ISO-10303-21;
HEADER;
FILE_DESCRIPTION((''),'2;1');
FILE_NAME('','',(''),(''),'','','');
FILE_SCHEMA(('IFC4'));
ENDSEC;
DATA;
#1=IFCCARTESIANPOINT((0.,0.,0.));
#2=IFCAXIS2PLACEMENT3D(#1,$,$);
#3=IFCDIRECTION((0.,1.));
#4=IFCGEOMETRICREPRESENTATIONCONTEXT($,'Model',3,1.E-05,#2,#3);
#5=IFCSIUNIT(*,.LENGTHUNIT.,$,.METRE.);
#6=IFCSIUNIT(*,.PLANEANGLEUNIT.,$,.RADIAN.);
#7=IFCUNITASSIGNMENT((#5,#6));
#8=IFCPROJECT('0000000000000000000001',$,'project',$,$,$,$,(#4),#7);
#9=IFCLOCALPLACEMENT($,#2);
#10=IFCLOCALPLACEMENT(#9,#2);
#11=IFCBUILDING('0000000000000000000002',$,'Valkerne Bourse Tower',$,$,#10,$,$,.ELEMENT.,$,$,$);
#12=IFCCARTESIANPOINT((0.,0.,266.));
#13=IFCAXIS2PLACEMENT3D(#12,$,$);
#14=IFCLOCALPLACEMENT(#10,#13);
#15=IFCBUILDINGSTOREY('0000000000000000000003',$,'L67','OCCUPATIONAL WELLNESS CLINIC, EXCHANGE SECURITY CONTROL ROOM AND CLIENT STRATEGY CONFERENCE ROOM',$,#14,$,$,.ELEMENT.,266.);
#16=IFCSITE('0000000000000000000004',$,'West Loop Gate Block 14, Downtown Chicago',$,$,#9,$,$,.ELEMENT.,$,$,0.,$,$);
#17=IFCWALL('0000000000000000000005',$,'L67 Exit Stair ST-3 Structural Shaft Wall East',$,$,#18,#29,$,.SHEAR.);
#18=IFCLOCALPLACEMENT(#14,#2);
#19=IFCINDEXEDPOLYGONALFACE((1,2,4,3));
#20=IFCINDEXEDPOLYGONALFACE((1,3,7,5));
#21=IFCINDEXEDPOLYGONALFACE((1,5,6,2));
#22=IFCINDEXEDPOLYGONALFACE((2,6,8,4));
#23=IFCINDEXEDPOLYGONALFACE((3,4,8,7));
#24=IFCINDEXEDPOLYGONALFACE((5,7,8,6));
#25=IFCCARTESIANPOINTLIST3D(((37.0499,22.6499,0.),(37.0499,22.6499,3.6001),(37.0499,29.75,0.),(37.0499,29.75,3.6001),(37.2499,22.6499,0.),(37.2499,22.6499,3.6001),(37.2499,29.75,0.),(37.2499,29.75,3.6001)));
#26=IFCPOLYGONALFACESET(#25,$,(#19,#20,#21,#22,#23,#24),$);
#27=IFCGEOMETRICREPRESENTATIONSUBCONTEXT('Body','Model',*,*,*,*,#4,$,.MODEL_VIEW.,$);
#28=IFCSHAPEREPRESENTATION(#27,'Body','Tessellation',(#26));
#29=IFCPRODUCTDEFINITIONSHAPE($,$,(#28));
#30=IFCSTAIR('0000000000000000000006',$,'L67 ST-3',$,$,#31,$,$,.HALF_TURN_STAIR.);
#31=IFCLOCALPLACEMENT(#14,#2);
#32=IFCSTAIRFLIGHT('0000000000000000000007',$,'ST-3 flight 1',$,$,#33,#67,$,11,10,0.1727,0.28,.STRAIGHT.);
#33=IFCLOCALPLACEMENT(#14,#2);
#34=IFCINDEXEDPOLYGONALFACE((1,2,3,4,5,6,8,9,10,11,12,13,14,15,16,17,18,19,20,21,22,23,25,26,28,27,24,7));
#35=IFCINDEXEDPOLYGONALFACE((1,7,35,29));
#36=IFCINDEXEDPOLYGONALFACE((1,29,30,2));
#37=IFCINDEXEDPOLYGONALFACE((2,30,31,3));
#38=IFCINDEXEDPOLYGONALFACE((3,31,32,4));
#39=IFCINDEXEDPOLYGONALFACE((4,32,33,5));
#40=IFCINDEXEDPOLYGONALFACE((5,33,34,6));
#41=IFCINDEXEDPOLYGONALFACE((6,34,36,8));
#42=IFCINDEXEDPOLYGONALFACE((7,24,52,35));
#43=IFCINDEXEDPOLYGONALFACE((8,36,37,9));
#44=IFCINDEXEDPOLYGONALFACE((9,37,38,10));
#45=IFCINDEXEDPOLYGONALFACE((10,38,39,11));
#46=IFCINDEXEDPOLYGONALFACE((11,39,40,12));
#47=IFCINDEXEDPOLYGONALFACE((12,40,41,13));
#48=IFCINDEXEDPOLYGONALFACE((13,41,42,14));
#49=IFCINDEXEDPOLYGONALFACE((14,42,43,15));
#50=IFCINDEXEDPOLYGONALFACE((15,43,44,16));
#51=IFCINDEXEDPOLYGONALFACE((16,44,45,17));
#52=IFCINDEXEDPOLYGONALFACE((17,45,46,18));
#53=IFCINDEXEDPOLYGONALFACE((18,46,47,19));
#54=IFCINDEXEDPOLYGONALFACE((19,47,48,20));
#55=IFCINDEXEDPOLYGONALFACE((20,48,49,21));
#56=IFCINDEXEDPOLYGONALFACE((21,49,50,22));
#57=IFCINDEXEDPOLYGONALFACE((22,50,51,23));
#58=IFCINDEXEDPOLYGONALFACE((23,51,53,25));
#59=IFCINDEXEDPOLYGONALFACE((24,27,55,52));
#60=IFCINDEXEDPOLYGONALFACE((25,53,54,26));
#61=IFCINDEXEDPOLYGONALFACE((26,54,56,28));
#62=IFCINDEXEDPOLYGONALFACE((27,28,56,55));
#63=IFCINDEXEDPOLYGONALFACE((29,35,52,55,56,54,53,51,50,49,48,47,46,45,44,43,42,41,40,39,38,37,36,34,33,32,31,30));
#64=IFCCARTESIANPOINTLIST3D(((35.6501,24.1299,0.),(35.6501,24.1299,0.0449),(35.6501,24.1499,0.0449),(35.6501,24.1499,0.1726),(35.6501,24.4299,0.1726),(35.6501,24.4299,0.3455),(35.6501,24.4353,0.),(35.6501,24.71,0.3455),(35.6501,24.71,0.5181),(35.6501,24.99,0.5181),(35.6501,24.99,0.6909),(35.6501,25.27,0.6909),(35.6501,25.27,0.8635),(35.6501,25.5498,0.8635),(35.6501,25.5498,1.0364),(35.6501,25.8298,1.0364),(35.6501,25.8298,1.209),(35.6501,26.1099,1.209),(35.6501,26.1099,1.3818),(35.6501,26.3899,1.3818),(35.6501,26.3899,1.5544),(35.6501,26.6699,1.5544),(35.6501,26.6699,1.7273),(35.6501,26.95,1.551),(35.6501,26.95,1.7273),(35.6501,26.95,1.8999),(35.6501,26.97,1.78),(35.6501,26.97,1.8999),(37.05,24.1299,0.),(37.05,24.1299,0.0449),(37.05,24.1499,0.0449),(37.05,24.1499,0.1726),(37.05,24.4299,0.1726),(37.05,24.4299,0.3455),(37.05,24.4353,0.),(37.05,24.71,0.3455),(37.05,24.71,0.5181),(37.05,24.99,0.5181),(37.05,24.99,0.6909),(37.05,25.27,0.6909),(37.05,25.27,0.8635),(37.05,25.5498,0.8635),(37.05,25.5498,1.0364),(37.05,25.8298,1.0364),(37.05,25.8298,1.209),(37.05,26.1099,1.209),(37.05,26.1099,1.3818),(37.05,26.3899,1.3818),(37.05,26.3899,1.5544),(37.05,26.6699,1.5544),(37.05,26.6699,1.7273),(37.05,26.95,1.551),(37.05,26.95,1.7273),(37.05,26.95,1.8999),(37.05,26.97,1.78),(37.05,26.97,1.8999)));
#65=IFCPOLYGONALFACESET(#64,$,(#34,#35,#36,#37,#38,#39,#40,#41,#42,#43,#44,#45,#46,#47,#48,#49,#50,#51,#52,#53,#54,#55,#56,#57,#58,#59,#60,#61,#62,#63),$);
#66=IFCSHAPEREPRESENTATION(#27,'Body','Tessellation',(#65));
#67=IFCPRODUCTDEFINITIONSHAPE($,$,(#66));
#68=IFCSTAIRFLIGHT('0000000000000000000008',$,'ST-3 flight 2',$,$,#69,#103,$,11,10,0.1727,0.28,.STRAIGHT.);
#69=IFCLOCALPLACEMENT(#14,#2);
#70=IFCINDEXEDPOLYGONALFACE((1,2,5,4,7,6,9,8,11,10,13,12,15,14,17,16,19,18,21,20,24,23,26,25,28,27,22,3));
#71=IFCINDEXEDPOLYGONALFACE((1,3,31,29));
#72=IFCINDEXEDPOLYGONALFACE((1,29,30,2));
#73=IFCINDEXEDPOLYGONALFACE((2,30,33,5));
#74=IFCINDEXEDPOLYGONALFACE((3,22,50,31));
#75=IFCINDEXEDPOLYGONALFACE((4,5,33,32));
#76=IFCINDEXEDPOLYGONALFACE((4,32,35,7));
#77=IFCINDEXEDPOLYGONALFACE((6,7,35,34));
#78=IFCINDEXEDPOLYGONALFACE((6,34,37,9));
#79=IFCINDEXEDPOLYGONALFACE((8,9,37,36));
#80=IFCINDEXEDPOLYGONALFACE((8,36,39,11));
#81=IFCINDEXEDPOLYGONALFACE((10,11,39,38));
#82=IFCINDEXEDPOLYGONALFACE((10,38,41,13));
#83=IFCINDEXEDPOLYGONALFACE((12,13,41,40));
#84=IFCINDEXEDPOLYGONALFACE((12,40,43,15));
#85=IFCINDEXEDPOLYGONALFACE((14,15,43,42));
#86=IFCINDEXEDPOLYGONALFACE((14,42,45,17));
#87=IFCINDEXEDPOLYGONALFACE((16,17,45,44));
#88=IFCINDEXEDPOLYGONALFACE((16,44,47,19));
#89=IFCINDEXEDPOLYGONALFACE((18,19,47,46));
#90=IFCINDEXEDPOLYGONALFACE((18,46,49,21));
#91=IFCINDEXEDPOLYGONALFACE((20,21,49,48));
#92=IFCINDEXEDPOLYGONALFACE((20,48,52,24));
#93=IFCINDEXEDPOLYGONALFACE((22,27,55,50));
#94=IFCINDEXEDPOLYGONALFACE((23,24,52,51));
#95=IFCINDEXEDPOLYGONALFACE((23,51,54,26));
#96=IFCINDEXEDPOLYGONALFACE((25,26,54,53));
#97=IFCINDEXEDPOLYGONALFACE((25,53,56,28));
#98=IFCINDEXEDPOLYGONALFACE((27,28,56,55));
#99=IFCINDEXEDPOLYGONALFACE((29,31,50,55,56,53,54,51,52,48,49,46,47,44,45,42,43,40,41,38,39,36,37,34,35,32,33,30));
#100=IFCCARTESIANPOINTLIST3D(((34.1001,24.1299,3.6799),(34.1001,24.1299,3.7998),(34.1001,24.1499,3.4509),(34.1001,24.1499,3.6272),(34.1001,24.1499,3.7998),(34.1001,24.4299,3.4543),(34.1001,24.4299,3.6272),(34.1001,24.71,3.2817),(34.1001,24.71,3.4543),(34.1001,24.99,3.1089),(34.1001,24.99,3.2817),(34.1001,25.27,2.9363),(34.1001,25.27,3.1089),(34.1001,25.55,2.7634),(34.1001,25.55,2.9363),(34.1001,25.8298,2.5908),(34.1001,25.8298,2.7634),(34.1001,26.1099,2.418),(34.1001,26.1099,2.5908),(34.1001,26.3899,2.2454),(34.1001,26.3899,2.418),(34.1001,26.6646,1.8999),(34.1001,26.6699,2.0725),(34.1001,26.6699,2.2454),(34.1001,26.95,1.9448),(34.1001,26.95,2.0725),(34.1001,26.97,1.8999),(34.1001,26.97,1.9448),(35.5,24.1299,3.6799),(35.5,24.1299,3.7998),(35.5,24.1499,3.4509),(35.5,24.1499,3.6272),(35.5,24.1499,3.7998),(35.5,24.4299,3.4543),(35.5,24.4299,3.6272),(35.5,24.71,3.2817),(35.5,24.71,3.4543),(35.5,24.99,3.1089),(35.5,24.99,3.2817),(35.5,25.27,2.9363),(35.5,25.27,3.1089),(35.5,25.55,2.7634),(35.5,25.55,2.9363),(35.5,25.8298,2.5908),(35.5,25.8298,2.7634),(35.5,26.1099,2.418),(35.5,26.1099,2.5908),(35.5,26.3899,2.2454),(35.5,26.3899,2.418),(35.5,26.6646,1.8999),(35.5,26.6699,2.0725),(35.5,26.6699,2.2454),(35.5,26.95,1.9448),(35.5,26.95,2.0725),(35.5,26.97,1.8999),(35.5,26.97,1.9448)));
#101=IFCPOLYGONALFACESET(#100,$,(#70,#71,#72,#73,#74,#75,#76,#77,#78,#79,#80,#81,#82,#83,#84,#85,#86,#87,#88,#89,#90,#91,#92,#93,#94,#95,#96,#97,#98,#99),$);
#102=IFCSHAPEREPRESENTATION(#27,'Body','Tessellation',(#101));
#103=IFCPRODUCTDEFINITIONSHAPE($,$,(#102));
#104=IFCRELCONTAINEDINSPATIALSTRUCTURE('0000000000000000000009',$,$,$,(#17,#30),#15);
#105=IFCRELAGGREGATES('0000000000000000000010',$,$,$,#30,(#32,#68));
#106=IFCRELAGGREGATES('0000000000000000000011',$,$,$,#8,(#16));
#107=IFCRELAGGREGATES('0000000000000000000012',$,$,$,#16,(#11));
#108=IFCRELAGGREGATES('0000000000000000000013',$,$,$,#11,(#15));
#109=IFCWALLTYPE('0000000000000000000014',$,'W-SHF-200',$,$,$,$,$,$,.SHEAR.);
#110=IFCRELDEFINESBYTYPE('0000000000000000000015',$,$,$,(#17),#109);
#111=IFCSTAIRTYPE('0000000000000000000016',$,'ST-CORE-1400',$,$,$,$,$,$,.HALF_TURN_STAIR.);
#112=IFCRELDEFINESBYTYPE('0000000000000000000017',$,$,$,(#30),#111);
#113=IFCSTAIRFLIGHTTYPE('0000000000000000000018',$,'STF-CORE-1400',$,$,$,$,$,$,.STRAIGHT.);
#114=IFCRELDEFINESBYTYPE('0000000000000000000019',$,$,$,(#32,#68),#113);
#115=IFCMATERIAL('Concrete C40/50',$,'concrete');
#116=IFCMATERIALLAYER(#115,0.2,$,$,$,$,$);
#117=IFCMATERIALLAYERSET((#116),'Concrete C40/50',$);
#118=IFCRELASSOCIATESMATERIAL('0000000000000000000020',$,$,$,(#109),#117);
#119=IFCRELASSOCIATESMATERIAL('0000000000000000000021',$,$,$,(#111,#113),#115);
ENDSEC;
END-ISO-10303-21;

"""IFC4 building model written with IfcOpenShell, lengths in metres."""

from ifc_helpers import new_model, si_unit, direction, frame, frame_2d, origin, place, context, subcontext, project, spatial, polyline, rectangle, outline, extrude, material, layer, layer_set, type_object, element, aggregate, save


model = new_model("IFC4")

# Units and contexts
model_context = context("Model", 3, precision=1e-05, world=origin(), true_north=direction((0.0, 1.0)))
body_context = subcontext(model_context, "Body", "Model", "MODEL_VIEW")
ifc_project = project(units=[si_unit("LENGTHUNIT", "METRE"), si_unit("PLANEANGLEUNIT", "RADIAN")], contexts=[model_context])

# Site, building, storey
site_placement = place(None, origin())
site = spatial("IfcSite", under=ifc_project, at=site_placement, Name="West Loop Gate Block 14, Downtown Chicago", CompositionType="ELEMENT", RefElevation=0.0)
building_placement = place(site_placement, origin())
building = spatial("IfcBuilding", under=site, at=building_placement, Name="Valkerne Bourse Tower", CompositionType="ELEMENT")
storey_placement = place(building_placement, frame((0.0, 0.0, 266.0)))
storey = spatial("IfcBuildingStorey", under=building, at=storey_placement, Name="L67", Description="OCCUPATIONAL WELLNESS CLINIC, EXCHANGE SECURITY CONTROL ROOM AND CLIENT STRATEGY CONFERENCE ROOM", CompositionType="ELEMENT", Elevation=266.0)

# Wall
ifc_material_1 = material(Name="Concrete C40/50", Category="concrete")
ifc_layer_1 = layer(ifc_material_1, 0.2)
ifc_layer_set_1 = layer_set([ifc_layer_1], Name="Concrete C40/50")
wall_type_1 = type_object("IfcWallType", Name="W-SHF-200", PredefinedType="SHEAR", material=ifc_layer_set_1)
wall_1_placement = place(storey_placement, frame((37.1499, 22.6499, 0.0), z_axis=(0.0, 0.0, 1.0), x_axis=(0.0, 1.0, 0.0)))
element("IfcWall", 1, at=wall_1_placement, inside=storey, type_object=wall_type_1, Name="L67 Exit Stair ST-3 Structural Shaft Wall East", PredefinedType="SHEAR", context=body_context, shape_type="SweptSolid", body=[
    extrude(rectangle(XDim=7.1001, YDim=0.2, at=frame_2d((3.55, 0.0))), origin(), (0.0, 0.0, 1.0), 3.6001),
])

# Stair, stair flights
stair_type = type_object("IfcStairType", Name="ST-CORE-1400", PredefinedType="HALF_TURN_STAIR", material=ifc_material_1)
stair_placement = place(storey_placement, origin())
stair = element("IfcStair", 2, at=stair_placement, inside=storey, type_object=stair_type, Name="L67 ST-3", PredefinedType="HALF_TURN_STAIR")
stair_flight_type = type_object("IfcStairFlightType", Name="STF-CORE-1400", PredefinedType="STRAIGHT", material=ifc_material_1)
stair_flight_1_placement = place(storey_placement, frame((36.3501, 24.1499, 0.0), z_axis=(0.0, 0.0, 1.0), x_axis=(0.0, 1.0, 0.0)))
stair_flight_1 = element("IfcStairFlight", 3, at=stair_flight_1_placement, type_object=stair_flight_type, Name="ST-3 flight 1", NumberOfRisers=11, NumberOfTreads=10, PredefinedType="STRAIGHT", RiserHeight=0.1727, TreadLength=0.28, context=body_context, shape_type="SweptSolid", body=[
    extrude(outline(polyline([(-0.02, 0.0), (-0.02, 0.0449), (0.0, 0.0449), (0.0, 0.1726), (0.28, 0.1726), (0.28, 0.3455), (0.5601, 0.3455), (0.5601, 0.5181), (0.8401, 0.5181), (0.8401, 0.6909), (1.1201, 0.6909), (1.1201, 0.8635), (1.3999, 0.8635), (1.3999, 1.0364), (1.6799, 1.0364), (1.6799, 1.209), (1.96, 1.209), (1.96, 1.3818), (2.24, 1.3818), (2.24, 1.5544), (2.52, 1.5544), (2.52, 1.7273), (2.8, 1.7273), (2.8, 1.8999), (2.8201, 1.8999), (2.8201, 1.78), (2.8, 1.551), (0.2854, 0.0), (-0.02, 0.0)])), frame((0.0, 0.7, 0.0), z_axis=(0.0, -1.0, 0.0), x_axis=(1.0, 0.0, 0.0)), (0.0, 0.0, 1.0), 1.3999),
])
stair_flight_2_placement = place(storey_placement, frame((34.8, 26.95, 1.8999), z_axis=(0.0, 0.0, 1.0), x_axis=(0.0, -1.0, 0.0)))
stair_flight_2 = element("IfcStairFlight", 4, at=stair_flight_2_placement, type_object=stair_flight_type, Name="ST-3 flight 2", NumberOfRisers=11, NumberOfTreads=10, PredefinedType="STRAIGHT", RiserHeight=0.1727, TreadLength=0.28, context=body_context, shape_type="SweptSolid", body=[
    extrude(outline(polyline([(-0.02, 0.0), (-0.02, 0.0449), (0.0, 0.0449), (0.0, 0.1726), (0.28, 0.1726), (0.28, 0.3455), (0.5601, 0.3455), (0.5601, 0.5181), (0.8401, 0.5181), (0.8401, 0.6909), (1.1201, 0.6909), (1.1201, 0.8635), (1.3999, 0.8635), (1.3999, 1.0364), (1.6799, 1.0364), (1.6799, 1.209), (1.96, 1.209), (1.96, 1.3818), (2.24, 1.3818), (2.24, 1.5544), (2.52, 1.5544), (2.52, 1.7273), (2.8, 1.7273), (2.8, 1.8999), (2.8201, 1.8999), (2.8201, 1.78), (2.8, 1.551), (0.2854, 0.0), (-0.02, 0.0)])), frame((0.0, 0.7, 0.0), z_axis=(0.0, -1.0, 0.0), x_axis=(1.0, 0.0, 0.0)), (0.0, 0.0, 1.0), 1.3999),
])
aggregate(stair, [stair_flight_1, stair_flight_2])

save(model, "model.ifc")
